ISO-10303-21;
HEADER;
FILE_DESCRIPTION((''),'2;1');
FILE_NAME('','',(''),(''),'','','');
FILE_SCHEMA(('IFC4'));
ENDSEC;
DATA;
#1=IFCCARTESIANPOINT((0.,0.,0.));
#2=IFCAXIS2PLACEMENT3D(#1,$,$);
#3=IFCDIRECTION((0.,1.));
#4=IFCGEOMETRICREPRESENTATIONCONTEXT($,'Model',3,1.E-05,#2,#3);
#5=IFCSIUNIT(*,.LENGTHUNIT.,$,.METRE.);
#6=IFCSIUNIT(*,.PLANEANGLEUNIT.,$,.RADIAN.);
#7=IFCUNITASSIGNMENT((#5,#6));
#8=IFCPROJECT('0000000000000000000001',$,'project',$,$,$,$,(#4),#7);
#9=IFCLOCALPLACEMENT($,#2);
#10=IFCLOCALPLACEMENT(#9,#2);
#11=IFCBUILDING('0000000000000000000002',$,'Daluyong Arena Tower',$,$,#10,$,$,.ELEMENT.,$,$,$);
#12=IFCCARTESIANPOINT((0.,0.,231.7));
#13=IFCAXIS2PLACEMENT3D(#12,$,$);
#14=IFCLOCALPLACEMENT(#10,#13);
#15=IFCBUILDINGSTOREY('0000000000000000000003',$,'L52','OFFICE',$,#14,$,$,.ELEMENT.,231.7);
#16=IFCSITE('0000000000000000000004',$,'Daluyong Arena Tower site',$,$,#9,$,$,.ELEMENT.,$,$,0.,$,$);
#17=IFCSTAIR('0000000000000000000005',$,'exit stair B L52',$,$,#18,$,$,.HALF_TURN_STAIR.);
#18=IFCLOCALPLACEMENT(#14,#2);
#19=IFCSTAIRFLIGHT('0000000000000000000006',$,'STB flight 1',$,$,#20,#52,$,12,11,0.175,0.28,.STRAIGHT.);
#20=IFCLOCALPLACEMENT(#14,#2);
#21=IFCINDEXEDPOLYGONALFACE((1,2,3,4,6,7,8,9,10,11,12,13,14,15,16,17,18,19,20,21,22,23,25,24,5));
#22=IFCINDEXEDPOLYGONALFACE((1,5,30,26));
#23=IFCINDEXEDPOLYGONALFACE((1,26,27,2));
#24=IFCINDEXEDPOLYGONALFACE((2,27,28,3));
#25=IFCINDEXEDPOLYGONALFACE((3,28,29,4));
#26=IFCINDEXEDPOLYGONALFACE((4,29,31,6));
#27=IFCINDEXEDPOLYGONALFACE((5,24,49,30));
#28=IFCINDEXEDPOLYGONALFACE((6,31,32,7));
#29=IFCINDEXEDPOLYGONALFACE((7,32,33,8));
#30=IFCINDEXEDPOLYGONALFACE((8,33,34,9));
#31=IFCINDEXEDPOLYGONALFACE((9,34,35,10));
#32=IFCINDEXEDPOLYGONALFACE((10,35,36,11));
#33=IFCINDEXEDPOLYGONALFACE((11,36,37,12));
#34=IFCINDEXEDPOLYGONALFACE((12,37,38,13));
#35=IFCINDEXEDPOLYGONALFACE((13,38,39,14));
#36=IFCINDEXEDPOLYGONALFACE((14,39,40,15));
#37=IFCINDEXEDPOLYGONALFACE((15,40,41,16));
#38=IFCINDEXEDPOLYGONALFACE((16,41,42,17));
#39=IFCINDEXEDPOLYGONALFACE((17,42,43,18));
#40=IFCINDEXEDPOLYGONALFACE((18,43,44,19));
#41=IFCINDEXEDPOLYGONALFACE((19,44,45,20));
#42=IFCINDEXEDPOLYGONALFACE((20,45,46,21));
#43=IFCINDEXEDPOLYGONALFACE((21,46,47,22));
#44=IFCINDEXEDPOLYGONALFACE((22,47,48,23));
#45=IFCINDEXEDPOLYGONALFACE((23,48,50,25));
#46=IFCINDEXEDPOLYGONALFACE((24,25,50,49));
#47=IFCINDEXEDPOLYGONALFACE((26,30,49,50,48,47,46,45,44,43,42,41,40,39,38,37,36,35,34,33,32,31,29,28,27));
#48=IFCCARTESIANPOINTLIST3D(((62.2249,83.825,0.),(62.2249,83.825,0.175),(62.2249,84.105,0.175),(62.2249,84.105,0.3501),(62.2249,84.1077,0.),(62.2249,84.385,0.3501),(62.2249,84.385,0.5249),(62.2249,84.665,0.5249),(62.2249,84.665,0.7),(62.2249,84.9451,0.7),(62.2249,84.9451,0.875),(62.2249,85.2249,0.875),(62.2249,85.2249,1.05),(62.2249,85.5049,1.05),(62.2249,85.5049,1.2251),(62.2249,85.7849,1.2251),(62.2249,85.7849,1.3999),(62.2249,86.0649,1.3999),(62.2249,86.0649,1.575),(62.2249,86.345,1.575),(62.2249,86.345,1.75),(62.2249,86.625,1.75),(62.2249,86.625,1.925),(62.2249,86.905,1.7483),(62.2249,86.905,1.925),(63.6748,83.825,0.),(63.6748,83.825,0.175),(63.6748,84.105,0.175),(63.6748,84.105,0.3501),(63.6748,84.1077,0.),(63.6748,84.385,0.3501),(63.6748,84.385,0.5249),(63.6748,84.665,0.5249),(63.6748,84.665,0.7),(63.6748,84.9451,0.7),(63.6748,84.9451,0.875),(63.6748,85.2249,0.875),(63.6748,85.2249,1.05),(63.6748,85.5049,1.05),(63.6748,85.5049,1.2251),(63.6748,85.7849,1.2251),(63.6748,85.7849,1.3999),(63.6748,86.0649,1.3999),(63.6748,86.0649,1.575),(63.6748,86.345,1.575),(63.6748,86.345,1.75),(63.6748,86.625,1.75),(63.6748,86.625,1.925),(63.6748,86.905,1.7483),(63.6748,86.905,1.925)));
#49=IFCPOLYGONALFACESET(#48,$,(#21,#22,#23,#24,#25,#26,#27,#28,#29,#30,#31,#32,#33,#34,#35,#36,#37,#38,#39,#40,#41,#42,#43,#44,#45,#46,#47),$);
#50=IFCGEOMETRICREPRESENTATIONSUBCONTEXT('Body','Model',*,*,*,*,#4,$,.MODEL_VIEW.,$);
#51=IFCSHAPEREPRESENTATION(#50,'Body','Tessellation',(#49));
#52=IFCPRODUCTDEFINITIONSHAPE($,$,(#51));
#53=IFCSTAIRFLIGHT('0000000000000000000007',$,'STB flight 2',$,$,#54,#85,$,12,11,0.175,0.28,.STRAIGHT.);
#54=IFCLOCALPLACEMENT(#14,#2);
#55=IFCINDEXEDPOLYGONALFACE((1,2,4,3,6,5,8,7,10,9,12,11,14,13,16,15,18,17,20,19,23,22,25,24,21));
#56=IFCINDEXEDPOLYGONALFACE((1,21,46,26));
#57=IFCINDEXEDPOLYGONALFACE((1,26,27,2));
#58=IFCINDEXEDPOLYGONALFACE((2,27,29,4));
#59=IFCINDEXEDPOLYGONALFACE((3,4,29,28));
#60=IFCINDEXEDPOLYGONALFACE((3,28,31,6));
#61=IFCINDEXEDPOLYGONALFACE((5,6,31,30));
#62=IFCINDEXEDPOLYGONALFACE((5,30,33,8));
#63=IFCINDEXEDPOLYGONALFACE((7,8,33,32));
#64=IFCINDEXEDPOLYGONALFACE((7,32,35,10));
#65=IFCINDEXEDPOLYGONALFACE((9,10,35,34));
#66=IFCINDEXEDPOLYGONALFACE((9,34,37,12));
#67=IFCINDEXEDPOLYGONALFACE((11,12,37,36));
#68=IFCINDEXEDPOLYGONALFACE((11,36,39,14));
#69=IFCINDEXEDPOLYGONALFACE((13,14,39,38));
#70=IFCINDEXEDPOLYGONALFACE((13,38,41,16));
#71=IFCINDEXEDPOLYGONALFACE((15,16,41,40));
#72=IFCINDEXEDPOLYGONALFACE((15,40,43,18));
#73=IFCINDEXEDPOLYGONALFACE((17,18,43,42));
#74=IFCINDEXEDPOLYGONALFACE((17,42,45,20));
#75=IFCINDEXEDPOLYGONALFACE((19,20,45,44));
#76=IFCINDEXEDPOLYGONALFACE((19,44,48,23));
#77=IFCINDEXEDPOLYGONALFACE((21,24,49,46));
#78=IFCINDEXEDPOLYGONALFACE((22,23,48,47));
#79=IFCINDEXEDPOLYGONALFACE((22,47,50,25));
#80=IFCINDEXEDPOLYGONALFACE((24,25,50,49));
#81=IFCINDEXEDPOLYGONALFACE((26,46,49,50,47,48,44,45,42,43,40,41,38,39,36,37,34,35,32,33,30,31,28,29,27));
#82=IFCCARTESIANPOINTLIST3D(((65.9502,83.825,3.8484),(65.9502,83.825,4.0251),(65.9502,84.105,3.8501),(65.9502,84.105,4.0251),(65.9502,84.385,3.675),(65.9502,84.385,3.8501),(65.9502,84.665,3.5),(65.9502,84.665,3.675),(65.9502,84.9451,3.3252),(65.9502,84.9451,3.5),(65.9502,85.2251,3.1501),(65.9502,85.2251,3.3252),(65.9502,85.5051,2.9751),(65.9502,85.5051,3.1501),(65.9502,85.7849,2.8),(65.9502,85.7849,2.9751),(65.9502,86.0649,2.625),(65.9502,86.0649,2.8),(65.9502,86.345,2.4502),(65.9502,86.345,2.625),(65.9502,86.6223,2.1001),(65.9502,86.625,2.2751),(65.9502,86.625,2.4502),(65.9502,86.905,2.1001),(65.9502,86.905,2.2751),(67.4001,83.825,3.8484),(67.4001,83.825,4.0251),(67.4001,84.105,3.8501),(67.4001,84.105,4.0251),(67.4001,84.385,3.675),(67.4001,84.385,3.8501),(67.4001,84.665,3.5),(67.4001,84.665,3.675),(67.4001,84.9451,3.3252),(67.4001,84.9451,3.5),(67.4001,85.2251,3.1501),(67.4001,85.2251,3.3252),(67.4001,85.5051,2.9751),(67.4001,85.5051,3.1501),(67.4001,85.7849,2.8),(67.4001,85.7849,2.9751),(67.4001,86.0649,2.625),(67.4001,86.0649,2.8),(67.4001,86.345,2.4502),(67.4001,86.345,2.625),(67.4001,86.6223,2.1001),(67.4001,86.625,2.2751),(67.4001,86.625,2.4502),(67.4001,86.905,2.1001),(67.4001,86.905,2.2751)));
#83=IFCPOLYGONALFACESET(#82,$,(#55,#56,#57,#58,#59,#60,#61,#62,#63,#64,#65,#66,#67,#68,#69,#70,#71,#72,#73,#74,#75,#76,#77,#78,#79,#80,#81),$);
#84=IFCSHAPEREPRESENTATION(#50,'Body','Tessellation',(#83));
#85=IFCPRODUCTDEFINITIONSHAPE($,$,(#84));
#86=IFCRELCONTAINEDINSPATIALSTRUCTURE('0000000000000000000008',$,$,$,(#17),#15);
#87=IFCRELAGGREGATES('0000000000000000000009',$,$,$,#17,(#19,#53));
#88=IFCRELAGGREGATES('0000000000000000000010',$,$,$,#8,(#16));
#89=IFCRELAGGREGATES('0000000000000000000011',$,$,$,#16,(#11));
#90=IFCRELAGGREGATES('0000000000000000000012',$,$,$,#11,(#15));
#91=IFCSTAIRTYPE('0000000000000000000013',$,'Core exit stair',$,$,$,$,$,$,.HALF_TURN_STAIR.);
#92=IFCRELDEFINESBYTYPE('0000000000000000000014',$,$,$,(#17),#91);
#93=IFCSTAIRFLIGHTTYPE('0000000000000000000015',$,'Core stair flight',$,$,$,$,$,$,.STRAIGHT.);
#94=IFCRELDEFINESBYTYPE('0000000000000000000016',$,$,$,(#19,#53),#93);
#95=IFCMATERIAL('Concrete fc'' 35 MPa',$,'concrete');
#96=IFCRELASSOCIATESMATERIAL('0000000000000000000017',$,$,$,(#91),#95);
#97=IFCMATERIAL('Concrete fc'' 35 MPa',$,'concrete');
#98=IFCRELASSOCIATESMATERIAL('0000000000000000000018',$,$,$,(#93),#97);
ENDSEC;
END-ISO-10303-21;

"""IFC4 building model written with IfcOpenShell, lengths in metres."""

from ifc_helpers import new_model, si_unit, direction, frame, origin, place, context, subcontext, project, spatial, polyline, outline, extrude, material, type_object, element, aggregate, save


model = new_model("IFC4")

# Units and contexts
model_context = context("Model", 3, precision=1e-05, world=origin(), true_north=direction((0.0, 1.0)))
body_context = subcontext(model_context, "Body", "Model", "MODEL_VIEW")
ifc_project = project(units=[si_unit("LENGTHUNIT", "METRE"), si_unit("PLANEANGLEUNIT", "RADIAN")], contexts=[model_context])

# Site, building, storey
site_placement = place(None, origin())
site = spatial("IfcSite", under=ifc_project, at=site_placement, Name="Daluyong Arena Tower site", CompositionType="ELEMENT", RefElevation=0.0)
building_placement = place(site_placement, origin())
building = spatial("IfcBuilding", under=site, at=building_placement, Name="Daluyong Arena Tower", CompositionType="ELEMENT")
storey_placement = place(building_placement, frame((0.0, 0.0, 231.7)))
storey = spatial("IfcBuildingStorey", under=building, at=storey_placement, Name="L52", Description="OFFICE", CompositionType="ELEMENT", Elevation=231.7)

# Stair, stair flights
ifc_material_1 = material(Name="Concrete fc' 35 MPa", Category="concrete")
stair_type = type_object("IfcStairType", Name="Core exit stair", PredefinedType="HALF_TURN_STAIR", material=ifc_material_1)
stair_placement = place(storey_placement, origin())
stair = element("IfcStair", 1, at=stair_placement, inside=storey, type_object=stair_type, Name="exit stair B L52", PredefinedType="HALF_TURN_STAIR")
ifc_material_2 = material(Name="Concrete fc' 35 MPa", Category="concrete")
stair_flight_type = type_object("IfcStairFlightType", Name="Core stair flight", PredefinedType="STRAIGHT", material=ifc_material_2)
stair_flight_1_placement = place(storey_placement, frame((62.95, 83.825, 0.0), z_axis=(0.0, 0.0, 1.0), x_axis=(0.0, 1.0, 0.0)))
stair_flight_1 = element("IfcStairFlight", 2, at=stair_flight_1_placement, type_object=stair_flight_type, Name="STB flight 1", NumberOfRisers=12, NumberOfTreads=11, PredefinedType="STRAIGHT", RiserHeight=0.175, TreadLength=0.28, context=body_context, shape_type="SweptSolid", body=[
    extrude(outline(polyline([(0.0, 0.0), (0.0, 0.175), (0.28, 0.175), (0.28, 0.3501), (0.5601, 0.3501), (0.5601, 0.5249), (0.8401, 0.5249), (0.8401, 0.7), (1.1201, 0.7), (1.1201, 0.875), (1.3999, 0.875), (1.3999, 1.05), (1.6799, 1.05), (1.6799, 1.2251), (1.96, 1.2251), (1.96, 1.3999), (2.24, 1.3999), (2.24, 1.575), (2.52, 1.575), (2.52, 1.75), (2.8, 1.75), (2.8, 1.925), (3.0801, 1.925), (3.0801, 2.1001), (3.0801, 1.7483), (0.2827, 0.0), (0.0, 0.0)])), frame((0.0, 0.7251, 0.0), z_axis=(0.0, -1.0, 0.0), x_axis=(1.0, 0.0, 0.0)), (0.0, 0.0, 1.0), 1.45),
])
stair_flight_2_placement = place(storey_placement, frame((66.675, 86.905, 2.1001), z_axis=(0.0, 0.0, 1.0), x_axis=(0.0, -1.0, 0.0)))
stair_flight_2 = element("IfcStairFlight", 3, at=stair_flight_2_placement, type_object=stair_flight_type, Name="STB flight 2", NumberOfRisers=12, NumberOfTreads=11, PredefinedType="STRAIGHT", RiserHeight=0.175, TreadLength=0.28, context=body_context, shape_type="SweptSolid", body=[
    extrude(outline(polyline([(0.0, 0.0), (0.0, 0.175), (0.28, 0.175), (0.28, 0.3501), (0.5601, 0.3501), (0.5601, 0.5249), (0.8401, 0.5249), (0.8401, 0.7), (1.1201, 0.7), (1.1201, 0.875), (1.3999, 0.875), (1.3999, 1.05), (1.6799, 1.05), (1.6799, 1.2251), (1.96, 1.2251), (1.96, 1.3999), (2.24, 1.3999), (2.24, 1.575), (2.52, 1.575), (2.52, 1.75), (2.8, 1.75), (2.8, 1.925), (3.0801, 1.925), (3.0801, 2.1001), (3.0801, 1.7483), (0.2827, 0.0), (0.0, 0.0)])), frame((0.0, 0.7251, 0.0), z_axis=(0.0, -1.0, 0.0), x_axis=(1.0, 0.0, 0.0)), (0.0, 0.0, 1.0), 1.45),
])
aggregate(stair, [stair_flight_1, stair_flight_2])

save(model, "model.ifc")
